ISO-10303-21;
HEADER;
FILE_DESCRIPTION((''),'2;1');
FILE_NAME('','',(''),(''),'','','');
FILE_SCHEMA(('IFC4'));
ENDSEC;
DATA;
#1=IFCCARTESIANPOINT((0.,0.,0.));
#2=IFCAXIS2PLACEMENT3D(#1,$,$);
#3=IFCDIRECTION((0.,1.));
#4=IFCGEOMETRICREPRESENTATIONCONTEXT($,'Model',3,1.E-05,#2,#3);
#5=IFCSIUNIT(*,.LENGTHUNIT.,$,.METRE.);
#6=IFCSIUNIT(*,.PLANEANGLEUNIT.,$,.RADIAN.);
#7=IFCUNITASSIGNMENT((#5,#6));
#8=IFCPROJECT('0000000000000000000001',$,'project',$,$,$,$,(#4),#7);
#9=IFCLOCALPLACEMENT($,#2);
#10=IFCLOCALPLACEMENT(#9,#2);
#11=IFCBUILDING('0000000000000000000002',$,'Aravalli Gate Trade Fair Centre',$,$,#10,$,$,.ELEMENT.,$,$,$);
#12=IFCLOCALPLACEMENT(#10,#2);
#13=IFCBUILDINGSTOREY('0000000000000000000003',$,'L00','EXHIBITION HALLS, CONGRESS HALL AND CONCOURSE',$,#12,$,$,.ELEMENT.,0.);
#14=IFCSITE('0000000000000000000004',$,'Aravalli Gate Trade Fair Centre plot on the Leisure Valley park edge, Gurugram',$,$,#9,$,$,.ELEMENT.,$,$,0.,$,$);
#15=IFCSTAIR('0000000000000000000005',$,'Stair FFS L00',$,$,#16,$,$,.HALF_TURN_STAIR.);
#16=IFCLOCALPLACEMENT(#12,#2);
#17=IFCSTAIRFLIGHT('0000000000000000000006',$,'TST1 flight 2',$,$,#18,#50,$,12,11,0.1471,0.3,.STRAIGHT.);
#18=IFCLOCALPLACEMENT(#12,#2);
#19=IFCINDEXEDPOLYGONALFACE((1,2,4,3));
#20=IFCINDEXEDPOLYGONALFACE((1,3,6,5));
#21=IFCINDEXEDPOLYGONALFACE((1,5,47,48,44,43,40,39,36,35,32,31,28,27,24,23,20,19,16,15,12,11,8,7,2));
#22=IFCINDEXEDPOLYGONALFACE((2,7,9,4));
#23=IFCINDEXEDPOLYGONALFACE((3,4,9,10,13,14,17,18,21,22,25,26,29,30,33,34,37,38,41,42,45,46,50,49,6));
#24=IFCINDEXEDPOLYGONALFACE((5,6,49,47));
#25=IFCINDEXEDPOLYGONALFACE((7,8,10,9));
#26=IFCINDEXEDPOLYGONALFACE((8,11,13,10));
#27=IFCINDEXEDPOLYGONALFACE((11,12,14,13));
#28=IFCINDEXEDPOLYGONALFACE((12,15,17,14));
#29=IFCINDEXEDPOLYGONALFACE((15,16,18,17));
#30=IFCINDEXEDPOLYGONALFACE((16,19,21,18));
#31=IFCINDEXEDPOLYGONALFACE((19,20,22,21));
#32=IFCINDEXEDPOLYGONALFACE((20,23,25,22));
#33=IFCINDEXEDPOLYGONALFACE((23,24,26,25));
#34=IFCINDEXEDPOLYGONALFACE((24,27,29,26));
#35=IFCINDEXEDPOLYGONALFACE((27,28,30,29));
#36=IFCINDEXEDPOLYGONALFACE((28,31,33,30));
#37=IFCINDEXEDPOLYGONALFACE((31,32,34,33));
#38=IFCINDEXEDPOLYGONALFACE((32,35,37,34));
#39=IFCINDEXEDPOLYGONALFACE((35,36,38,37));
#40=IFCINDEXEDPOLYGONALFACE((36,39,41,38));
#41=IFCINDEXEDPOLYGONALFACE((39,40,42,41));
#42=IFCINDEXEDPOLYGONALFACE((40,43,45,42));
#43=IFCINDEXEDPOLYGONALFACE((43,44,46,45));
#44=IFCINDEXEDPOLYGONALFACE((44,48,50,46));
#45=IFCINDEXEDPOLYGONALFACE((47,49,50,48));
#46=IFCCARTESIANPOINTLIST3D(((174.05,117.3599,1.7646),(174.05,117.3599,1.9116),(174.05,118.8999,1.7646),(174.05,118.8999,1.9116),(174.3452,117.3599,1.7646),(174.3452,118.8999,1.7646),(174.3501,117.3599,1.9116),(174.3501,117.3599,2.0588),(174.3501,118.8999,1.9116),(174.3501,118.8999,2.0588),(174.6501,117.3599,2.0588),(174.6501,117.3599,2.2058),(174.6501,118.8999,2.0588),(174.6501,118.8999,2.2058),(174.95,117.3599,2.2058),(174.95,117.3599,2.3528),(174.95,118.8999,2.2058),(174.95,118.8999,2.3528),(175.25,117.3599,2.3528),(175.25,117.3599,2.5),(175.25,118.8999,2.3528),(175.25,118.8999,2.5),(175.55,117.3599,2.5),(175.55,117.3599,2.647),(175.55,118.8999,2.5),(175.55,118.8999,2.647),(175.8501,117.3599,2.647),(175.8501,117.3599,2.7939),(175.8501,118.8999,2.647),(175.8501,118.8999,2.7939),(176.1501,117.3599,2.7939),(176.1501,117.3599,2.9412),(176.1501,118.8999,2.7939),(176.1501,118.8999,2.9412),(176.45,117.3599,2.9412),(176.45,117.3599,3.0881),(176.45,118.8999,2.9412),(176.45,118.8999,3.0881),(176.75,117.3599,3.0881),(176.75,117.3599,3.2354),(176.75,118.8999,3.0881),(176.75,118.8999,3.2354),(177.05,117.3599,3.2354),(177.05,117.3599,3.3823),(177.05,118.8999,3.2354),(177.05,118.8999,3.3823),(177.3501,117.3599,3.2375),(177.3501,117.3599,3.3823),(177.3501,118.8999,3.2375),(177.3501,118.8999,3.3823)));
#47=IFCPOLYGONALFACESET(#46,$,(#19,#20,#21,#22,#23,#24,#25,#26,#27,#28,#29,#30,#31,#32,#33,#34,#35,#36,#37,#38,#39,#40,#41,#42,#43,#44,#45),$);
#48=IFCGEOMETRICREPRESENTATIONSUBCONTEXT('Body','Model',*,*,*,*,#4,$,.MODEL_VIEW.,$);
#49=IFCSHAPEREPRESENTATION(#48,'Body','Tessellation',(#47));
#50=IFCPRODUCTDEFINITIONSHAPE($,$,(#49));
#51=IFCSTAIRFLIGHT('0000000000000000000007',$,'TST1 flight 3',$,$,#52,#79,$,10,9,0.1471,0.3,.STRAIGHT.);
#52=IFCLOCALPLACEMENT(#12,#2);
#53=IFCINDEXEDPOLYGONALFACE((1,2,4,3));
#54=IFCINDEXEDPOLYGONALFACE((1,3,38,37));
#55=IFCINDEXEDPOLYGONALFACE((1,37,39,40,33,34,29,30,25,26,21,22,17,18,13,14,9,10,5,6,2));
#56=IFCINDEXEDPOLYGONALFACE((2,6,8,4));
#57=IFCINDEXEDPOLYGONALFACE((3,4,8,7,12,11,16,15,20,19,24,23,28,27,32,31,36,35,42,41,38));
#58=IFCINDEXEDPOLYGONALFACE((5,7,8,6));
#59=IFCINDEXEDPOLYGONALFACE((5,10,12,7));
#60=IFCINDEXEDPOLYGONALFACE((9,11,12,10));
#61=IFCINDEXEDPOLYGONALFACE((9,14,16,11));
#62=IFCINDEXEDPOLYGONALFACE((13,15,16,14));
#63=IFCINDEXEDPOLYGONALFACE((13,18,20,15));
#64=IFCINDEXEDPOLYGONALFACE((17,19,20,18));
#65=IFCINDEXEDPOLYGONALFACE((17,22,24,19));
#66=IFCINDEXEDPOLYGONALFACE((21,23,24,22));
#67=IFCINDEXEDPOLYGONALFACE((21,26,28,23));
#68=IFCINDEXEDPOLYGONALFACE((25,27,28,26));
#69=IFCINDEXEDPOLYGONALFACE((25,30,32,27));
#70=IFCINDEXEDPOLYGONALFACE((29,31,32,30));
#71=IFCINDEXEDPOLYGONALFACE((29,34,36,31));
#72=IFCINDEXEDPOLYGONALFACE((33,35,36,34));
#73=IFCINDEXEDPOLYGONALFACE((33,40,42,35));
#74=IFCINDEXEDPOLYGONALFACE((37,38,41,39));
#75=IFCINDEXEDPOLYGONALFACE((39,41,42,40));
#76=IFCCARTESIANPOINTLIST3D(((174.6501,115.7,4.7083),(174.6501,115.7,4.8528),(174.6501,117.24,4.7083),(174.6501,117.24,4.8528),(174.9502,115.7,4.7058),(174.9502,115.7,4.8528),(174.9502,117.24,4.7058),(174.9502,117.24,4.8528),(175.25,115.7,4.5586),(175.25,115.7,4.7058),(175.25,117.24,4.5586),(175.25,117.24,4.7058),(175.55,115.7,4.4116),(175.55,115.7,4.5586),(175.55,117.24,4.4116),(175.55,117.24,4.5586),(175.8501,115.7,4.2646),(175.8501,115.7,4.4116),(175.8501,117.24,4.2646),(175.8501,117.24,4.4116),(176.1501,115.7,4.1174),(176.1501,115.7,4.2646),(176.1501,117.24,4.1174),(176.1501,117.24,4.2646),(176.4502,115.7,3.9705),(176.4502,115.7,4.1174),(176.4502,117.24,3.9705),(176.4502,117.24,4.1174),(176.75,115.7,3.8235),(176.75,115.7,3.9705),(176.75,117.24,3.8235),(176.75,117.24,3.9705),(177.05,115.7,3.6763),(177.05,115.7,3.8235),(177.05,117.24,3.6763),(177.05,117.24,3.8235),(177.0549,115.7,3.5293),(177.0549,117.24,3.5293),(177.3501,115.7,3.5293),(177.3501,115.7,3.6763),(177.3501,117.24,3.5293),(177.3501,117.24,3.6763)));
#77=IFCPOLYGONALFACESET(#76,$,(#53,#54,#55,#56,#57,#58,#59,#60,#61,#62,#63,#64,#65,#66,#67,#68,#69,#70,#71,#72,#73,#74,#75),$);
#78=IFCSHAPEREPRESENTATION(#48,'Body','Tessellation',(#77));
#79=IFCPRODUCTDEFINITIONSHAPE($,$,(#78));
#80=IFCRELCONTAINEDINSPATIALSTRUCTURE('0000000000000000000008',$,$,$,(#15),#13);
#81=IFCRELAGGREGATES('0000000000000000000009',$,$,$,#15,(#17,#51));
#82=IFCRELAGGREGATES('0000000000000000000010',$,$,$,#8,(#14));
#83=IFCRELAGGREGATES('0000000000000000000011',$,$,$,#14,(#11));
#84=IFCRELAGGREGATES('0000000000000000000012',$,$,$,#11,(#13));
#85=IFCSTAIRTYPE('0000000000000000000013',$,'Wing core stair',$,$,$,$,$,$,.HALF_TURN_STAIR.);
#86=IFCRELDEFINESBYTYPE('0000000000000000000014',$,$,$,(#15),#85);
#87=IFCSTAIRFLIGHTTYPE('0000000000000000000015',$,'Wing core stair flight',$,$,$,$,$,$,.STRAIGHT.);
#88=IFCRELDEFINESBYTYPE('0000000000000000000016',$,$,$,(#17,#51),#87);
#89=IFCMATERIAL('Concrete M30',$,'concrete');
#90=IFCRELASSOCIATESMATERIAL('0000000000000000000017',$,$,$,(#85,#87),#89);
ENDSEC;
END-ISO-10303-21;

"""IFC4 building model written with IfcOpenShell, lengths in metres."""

from ifc_helpers import new_model, si_unit, direction, frame, origin, place, context, subcontext, project, spatial, polyline, outline, extrude, material, type_object, element, aggregate, save


model = new_model("IFC4")

# Units and contexts
model_context = context("Model", 3, precision=1e-05, world=origin(), true_north=direction((0.0, 1.0)))
body_context = subcontext(model_context, "Body", "Model", "MODEL_VIEW")
ifc_project = project(units=[si_unit("LENGTHUNIT", "METRE"), si_unit("PLANEANGLEUNIT", "RADIAN")], contexts=[model_context])

# Site, building, storey
site_placement = place(None, origin())
site = spatial("IfcSite", under=ifc_project, at=site_placement, Name="Aravalli Gate Trade Fair Centre plot on the Leisure Valley park edge, Gurugram", CompositionType="ELEMENT", RefElevation=0.0)
building_placement = place(site_placement, origin())
building = spatial("IfcBuilding", under=site, at=building_placement, Name="Aravalli Gate Trade Fair Centre", CompositionType="ELEMENT")
storey_placement = place(building_placement, origin())
storey = spatial("IfcBuildingStorey", under=building, at=storey_placement, Name="L00", Description="EXHIBITION HALLS, CONGRESS HALL AND CONCOURSE", CompositionType="ELEMENT", Elevation=0.0)

# Shared definitions
ifc_material_1 = material(Name="Concrete M30", Category="concrete")

# Stair, stair flights
stair_type = type_object("IfcStairType", Name="Wing core stair", PredefinedType="HALF_TURN_STAIR", material=ifc_material_1)
stair_placement = place(storey_placement, origin())
stair = element("IfcStair", 1, at=stair_placement, inside=storey, type_object=stair_type, Name="Stair FFS L00", PredefinedType="HALF_TURN_STAIR")
stair_flight_type = type_object("IfcStairFlightType", Name="Wing core stair flight", PredefinedType="STRAIGHT", material=ifc_material_1)
stair_flight_1_placement = place(storey_placement, frame((174.05, 118.1299, 1.7646), z_axis=(0.0, 0.0, 1.0), x_axis=(1.0, 0.0, 0.0)))
stair_flight_1 = element("IfcStairFlight", 2, at=stair_flight_1_placement, type_object=stair_flight_type, Name="TST1 flight 2", NumberOfRisers=12, NumberOfTreads=11, PredefinedType="STRAIGHT", RiserHeight=0.1471, TreadLength=0.3, context=body_context, shape_type="SweptSolid", body=[
    extrude(outline(polyline([(0.0, 0.0), (0.0, 0.147), (0.3, 0.147), (0.3, 0.2942), (0.6001, 0.2942), (0.6001, 0.4412), (0.8999, 0.4412), (0.8999, 0.5881), (1.2, 0.5881), (1.2, 0.7354), (1.5, 0.7354), (1.5, 0.8823), (1.8, 0.8823), (1.8, 1.0293), (2.1001, 1.0293), (2.1001, 1.1765), (2.3999, 1.1765), (2.3999, 1.3235), (2.7, 1.3235), (2.7, 1.4707), (3.0, 1.4707), (3.0, 1.6177), (3.3, 1.6177), (3.3, 1.7646), (3.3, 1.4729), (0.2952, 0.0), (0.0, 0.0)])), frame((0.0, 0.77, 0.0), z_axis=(0.0, -1.0, 0.0), x_axis=(1.0, 0.0, 0.0)), (0.0, 0.0, 1.0), 1.54),
])
stair_flight_2_placement = place(storey_placement, frame((177.3501, 116.47, 3.5293), z_axis=(0.0, 0.0, 1.0), x_axis=(-1.0, 0.0, 0.0)))
stair_flight_2 = element("IfcStairFlight", 3, at=stair_flight_2_placement, type_object=stair_flight_type, Name="TST1 flight 3", NumberOfRisers=10, NumberOfTreads=9, PredefinedType="STRAIGHT", RiserHeight=0.1471, TreadLength=0.3, context=body_context, shape_type="SweptSolid", body=[
    extrude(outline(polyline([(0.0, 0.0), (0.0, 0.147), (0.3, 0.147), (0.3, 0.2942), (0.6001, 0.2942), (0.6001, 0.4412), (0.8999, 0.4412), (0.8999, 0.5881), (1.2, 0.5881), (1.2, 0.7354), (1.5, 0.7354), (1.5, 0.8823), (1.8, 0.8823), (1.8, 1.0293), (2.1001, 1.0293), (2.1001, 1.1765), (2.3999, 1.1765), (2.3999, 1.3235), (2.7, 1.3235), (2.7, 1.4707), (2.7, 1.179), (0.2952, 0.0), (0.0, 0.0)])), frame((0.0, 0.77, 0.0), z_axis=(0.0, -1.0, 0.0), x_axis=(1.0, 0.0, 0.0)), (0.0, 0.0, 1.0), 1.54),
])
aggregate(stair, [stair_flight_1, stair_flight_2])

save(model, "model.ifc")
